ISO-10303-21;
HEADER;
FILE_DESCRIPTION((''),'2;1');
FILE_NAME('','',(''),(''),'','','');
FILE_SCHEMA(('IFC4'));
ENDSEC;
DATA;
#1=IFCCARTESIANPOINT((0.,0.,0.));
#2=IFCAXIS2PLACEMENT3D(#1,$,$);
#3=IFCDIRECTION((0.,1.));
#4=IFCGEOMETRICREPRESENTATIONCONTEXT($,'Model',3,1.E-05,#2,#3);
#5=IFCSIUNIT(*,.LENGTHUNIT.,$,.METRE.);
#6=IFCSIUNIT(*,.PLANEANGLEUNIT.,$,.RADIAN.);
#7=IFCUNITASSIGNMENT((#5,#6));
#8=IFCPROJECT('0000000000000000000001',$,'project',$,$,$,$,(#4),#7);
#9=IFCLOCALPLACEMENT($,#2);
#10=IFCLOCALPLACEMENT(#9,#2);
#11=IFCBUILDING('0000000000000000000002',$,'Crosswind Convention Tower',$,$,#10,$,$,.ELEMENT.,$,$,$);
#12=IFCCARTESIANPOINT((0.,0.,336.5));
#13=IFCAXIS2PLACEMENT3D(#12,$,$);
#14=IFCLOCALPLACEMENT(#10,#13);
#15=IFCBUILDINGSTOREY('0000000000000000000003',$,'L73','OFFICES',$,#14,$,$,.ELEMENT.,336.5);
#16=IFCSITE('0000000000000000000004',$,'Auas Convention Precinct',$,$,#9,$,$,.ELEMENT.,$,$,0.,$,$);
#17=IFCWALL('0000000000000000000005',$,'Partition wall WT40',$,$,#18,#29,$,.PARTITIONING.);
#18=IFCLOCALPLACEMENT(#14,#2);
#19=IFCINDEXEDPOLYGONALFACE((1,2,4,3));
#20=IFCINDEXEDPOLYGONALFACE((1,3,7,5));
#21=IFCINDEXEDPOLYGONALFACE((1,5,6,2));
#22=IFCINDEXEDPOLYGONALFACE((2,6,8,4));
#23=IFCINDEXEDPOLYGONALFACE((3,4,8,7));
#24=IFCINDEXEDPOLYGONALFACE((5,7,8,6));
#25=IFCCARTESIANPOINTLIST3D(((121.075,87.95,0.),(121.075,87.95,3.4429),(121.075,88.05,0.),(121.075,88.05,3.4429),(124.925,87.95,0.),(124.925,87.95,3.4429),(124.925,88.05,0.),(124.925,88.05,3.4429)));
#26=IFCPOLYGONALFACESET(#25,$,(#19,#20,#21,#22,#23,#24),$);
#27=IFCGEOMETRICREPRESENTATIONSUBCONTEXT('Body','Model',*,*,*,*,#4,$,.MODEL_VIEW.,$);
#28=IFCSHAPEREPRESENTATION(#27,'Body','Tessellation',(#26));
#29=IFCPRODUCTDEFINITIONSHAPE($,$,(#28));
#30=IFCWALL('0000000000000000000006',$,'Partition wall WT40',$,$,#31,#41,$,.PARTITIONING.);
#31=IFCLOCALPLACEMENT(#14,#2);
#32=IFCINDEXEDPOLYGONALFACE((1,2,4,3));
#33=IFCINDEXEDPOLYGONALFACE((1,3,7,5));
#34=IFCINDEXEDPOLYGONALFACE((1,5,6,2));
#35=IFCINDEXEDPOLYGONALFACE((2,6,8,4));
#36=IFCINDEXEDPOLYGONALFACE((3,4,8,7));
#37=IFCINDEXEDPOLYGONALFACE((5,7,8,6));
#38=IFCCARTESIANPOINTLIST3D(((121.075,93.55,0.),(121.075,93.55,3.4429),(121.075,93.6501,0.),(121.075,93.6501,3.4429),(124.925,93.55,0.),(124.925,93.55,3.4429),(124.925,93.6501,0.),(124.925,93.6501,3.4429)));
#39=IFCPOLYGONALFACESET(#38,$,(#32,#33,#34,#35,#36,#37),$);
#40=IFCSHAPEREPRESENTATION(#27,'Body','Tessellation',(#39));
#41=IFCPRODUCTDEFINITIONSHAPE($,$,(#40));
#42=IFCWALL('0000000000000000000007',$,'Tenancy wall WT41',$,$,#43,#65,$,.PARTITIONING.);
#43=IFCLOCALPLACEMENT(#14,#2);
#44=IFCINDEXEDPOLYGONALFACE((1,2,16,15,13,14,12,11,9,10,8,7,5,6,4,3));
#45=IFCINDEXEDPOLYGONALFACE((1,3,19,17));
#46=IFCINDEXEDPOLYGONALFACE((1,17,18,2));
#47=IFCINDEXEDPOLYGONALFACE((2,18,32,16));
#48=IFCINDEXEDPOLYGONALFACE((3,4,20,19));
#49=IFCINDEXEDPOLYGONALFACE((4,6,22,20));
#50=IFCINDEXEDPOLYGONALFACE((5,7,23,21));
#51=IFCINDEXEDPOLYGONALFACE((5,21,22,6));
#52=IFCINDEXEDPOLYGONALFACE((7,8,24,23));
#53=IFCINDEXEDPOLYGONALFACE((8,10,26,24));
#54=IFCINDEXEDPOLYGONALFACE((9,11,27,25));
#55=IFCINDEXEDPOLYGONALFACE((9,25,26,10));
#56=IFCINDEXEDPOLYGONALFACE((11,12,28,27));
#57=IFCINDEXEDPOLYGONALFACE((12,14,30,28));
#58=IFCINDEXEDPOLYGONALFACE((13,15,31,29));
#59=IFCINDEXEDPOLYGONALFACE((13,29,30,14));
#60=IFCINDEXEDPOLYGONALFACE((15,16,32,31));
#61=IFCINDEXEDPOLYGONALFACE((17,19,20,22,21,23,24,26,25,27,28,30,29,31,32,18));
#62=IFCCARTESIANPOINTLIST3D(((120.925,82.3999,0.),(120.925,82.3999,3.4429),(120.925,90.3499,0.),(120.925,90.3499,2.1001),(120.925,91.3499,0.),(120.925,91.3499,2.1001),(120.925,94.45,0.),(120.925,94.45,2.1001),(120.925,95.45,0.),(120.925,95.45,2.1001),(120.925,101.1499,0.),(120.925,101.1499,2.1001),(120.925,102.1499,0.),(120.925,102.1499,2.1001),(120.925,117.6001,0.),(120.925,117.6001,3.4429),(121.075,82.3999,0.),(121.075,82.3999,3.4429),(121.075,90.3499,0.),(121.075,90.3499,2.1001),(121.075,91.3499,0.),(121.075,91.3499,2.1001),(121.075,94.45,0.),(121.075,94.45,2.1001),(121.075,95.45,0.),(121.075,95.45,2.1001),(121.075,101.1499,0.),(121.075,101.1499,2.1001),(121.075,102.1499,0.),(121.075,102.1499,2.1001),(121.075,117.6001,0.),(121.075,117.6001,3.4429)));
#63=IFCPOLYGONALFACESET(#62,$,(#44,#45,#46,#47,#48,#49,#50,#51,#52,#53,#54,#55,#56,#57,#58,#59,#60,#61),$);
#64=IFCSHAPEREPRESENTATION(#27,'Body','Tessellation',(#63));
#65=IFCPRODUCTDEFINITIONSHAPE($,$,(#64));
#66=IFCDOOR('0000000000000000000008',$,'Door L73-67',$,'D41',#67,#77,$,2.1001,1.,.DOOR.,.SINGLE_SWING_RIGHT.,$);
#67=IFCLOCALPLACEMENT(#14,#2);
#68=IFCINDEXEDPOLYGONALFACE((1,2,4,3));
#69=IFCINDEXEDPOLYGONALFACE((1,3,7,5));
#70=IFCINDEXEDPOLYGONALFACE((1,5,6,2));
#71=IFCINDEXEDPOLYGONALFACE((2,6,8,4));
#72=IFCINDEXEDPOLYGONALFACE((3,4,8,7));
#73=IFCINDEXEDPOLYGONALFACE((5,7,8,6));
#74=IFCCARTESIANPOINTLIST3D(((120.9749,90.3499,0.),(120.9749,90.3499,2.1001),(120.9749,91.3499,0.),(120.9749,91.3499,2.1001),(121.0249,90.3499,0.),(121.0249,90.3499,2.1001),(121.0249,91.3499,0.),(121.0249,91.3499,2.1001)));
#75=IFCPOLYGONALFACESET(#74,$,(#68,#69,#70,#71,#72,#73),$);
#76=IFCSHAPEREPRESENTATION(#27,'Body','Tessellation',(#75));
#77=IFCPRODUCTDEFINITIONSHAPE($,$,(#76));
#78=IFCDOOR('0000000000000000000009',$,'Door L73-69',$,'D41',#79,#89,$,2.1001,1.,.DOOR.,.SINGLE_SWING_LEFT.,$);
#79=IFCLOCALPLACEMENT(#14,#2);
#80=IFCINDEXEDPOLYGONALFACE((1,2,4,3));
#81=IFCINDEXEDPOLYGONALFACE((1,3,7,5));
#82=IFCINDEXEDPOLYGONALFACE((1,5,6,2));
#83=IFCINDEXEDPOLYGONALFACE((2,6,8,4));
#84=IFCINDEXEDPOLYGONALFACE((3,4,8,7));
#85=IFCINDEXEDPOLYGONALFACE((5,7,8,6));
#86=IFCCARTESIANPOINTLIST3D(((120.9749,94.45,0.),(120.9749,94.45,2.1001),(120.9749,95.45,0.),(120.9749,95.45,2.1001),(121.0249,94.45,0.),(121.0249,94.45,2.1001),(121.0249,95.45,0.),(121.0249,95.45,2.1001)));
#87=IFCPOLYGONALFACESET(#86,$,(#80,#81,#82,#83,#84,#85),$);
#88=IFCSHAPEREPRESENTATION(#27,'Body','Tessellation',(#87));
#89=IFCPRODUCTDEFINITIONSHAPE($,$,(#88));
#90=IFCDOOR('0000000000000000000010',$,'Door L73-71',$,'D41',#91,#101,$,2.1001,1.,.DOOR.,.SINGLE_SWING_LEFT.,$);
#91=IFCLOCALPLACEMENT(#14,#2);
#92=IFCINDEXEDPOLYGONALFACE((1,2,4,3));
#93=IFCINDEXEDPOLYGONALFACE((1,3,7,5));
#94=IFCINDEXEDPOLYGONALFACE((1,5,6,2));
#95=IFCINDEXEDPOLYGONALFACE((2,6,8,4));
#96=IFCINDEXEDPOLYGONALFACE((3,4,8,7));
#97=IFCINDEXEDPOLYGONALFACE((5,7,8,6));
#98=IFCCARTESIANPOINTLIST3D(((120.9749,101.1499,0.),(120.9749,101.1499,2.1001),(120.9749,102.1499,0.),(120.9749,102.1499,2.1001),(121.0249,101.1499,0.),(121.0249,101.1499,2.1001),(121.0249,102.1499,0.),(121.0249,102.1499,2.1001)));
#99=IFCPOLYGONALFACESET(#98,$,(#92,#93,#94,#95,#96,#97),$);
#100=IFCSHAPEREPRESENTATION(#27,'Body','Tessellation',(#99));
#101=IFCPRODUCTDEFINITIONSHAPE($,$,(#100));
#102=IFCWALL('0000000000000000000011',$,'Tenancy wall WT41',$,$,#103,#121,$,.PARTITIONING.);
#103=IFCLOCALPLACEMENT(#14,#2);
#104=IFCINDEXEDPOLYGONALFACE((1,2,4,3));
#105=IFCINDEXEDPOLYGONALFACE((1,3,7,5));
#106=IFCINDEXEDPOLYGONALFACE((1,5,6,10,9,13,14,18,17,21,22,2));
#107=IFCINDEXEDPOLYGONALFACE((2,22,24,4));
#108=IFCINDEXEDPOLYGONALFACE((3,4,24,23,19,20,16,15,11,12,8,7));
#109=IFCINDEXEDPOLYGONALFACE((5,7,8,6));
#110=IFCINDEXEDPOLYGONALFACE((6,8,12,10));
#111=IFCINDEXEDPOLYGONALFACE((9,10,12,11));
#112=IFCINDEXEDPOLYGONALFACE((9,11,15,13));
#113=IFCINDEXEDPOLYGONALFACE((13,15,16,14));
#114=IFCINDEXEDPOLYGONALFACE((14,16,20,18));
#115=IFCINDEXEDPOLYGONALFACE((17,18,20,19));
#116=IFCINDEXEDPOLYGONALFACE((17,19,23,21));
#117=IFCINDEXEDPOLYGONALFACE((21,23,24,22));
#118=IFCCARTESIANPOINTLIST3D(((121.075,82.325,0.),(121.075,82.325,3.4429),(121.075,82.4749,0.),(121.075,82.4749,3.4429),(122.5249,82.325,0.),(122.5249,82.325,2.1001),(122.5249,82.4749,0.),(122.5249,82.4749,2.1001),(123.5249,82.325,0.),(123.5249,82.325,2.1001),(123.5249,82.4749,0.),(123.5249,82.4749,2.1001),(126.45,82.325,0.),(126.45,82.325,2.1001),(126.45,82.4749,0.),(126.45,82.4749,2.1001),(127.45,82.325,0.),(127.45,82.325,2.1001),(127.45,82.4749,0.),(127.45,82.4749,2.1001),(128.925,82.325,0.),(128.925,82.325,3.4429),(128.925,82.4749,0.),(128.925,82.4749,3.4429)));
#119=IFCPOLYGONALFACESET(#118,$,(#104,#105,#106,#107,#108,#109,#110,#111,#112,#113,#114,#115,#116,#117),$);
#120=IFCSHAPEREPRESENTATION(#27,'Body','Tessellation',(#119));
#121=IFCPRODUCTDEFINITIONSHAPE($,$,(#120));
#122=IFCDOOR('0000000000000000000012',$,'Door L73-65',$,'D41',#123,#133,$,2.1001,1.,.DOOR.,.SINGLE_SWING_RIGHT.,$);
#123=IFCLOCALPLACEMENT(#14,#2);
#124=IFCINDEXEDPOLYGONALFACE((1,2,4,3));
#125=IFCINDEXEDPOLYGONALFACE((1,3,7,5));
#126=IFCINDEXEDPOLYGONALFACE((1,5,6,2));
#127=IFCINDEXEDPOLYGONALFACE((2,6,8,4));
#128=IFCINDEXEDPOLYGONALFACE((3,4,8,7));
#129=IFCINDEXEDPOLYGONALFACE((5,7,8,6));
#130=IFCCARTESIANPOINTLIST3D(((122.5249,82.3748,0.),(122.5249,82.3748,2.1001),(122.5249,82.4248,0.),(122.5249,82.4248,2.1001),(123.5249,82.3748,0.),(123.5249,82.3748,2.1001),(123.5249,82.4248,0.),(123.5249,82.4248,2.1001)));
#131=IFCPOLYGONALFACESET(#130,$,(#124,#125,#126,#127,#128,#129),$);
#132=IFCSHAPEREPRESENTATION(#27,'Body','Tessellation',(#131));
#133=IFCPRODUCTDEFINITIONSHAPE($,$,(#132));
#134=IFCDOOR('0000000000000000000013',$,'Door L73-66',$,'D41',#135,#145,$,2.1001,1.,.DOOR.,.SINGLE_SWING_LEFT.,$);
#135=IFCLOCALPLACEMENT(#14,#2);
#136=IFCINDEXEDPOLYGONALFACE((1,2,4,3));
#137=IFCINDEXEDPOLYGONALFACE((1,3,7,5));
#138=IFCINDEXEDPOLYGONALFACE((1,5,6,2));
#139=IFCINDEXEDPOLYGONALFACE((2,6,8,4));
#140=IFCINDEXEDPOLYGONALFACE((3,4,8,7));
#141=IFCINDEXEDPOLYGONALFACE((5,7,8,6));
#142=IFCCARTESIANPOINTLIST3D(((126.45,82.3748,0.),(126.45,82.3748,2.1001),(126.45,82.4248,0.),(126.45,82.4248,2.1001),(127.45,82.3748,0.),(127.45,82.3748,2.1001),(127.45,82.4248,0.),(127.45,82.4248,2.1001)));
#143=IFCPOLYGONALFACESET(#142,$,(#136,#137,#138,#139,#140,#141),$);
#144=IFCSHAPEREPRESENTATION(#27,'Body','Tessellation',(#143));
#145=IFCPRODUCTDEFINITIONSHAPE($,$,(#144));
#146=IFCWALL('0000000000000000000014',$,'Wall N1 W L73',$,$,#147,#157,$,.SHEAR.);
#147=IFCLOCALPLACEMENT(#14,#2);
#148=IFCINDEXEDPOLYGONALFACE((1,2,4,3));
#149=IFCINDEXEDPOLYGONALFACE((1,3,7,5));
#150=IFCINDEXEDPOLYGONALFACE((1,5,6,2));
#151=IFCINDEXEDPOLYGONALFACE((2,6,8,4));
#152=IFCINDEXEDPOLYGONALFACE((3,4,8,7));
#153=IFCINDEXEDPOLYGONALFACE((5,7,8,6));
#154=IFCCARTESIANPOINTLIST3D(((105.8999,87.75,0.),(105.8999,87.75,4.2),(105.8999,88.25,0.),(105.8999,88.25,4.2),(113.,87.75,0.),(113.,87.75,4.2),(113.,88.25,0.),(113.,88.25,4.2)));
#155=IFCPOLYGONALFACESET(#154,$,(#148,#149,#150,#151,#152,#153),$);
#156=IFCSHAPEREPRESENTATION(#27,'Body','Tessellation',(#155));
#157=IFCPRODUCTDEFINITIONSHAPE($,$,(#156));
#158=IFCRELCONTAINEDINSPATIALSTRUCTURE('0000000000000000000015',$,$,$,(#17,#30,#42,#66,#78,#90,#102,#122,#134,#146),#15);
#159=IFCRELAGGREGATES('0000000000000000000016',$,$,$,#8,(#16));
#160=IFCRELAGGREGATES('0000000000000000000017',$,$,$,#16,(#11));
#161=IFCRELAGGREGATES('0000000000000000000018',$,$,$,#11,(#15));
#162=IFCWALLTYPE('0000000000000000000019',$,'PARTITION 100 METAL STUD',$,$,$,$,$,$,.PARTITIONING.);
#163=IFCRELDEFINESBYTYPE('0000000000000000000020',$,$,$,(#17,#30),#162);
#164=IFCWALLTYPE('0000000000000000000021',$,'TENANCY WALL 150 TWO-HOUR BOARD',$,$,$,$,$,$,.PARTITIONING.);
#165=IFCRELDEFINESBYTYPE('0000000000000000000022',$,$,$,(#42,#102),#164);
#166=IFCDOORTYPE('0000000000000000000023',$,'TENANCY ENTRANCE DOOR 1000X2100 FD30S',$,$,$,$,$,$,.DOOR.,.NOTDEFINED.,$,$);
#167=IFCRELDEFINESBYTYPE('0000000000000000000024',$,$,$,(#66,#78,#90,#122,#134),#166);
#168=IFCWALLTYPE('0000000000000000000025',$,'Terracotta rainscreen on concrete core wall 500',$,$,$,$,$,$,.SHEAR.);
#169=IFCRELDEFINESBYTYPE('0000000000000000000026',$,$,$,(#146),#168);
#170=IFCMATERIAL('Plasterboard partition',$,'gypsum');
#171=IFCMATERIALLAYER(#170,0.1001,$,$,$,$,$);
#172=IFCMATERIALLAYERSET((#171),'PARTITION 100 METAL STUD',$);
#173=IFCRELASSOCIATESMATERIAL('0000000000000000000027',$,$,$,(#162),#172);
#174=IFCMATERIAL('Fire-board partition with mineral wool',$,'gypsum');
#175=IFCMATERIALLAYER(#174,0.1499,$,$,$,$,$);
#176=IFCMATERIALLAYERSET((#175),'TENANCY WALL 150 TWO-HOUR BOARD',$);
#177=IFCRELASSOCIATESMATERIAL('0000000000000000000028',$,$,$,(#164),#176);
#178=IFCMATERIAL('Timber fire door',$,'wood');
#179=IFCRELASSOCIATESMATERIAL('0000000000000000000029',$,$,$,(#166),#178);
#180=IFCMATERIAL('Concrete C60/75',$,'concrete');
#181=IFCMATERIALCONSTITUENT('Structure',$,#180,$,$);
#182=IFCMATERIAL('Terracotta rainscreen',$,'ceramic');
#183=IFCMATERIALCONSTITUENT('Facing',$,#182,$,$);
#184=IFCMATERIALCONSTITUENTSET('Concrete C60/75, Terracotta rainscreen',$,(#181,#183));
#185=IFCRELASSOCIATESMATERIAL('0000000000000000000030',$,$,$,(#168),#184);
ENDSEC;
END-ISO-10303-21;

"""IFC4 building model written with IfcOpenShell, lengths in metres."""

from ifc_helpers import new_model, si_unit, direction, frame, frame_2d, origin, place, context, subcontext, project, spatial, rectangle, extrude, material, layer, layer_set, constituent, constituent_set, type_object, element, fill, save


model = new_model("IFC4")

# Units and contexts
model_context = context("Model", 3, precision=1e-05, world=origin(), true_north=direction((0.0, 1.0)))
body_context = subcontext(model_context, "Body", "Model", "MODEL_VIEW")
ifc_project = project(units=[si_unit("LENGTHUNIT", "METRE"), si_unit("PLANEANGLEUNIT", "RADIAN")], contexts=[model_context])

# Site, building, storey
site_placement = place(None, origin())
site = spatial("IfcSite", under=ifc_project, at=site_placement, Name="Auas Convention Precinct", CompositionType="ELEMENT", RefElevation=0.0)
building_placement = place(site_placement, origin())
building = spatial("IfcBuilding", under=site, at=building_placement, Name="Crosswind Convention Tower", CompositionType="ELEMENT")
storey_placement = place(building_placement, frame((0.0, 0.0, 336.5)))
storey = spatial("IfcBuildingStorey", under=building, at=storey_placement, Name="L73", Description="OFFICES", CompositionType="ELEMENT", Elevation=336.5)

# Shared definitions
ifc_material_1 = material(Name="Concrete C60/75", Category="concrete")

# Walls
ifc_material_2 = material(Name="Plasterboard partition", Category="gypsum")
ifc_layer_1 = layer(ifc_material_2, 0.1001)
ifc_layer_set_1 = layer_set([ifc_layer_1], Name="PARTITION 100 METAL STUD")
wall_type_1 = type_object("IfcWallType", Name="PARTITION 100 METAL STUD", PredefinedType="PARTITIONING", material=ifc_layer_set_1)
for number, where, z_axis, x_axis, name in (
    (1, (121.075, 88.0, 0.0), (0.0, 0.0, 1.0), (1.0, 0.0, 0.0), "Partition wall WT40"),
    (2, (121.075, 93.6001, 0.0), (0.0, 0.0, 1.0), (1.0, 0.0, 0.0), "Partition wall WT40"),
):
    element("IfcWall", number, at=place(storey_placement, frame(where, z_axis=z_axis, x_axis=x_axis)), inside=storey, type_object=wall_type_1, Name=name, PredefinedType="PARTITIONING", context=body_context, shape_type="SweptSolid", body=[
        extrude(rectangle(XDim=3.8501, YDim=0.1001, at=frame_2d((1.925, 0.0))), origin(), (0.0, 0.0, 1.0), 3.4429),
    ])

# Walls, openings, doors
ifc_material_3 = material(Name="Fire-board partition with mineral wool", Category="gypsum")
ifc_layer_2 = layer(ifc_material_3, 0.1499)
ifc_layer_set_2 = layer_set([ifc_layer_2], Name="TENANCY WALL 150 TWO-HOUR BOARD")
wall_type_2 = type_object("IfcWallType", Name="TENANCY WALL 150 TWO-HOUR BOARD", PredefinedType="PARTITIONING", material=ifc_layer_set_2)
wall_1_placement = place(storey_placement, frame((121.0, 82.3999, 0.0), z_axis=(0.0, 0.0, 1.0), x_axis=(0.0, 1.0, 0.0)))
wall_1 = element("IfcWall", 3, at=wall_1_placement, inside=storey, type_object=wall_type_2, Name="Tenancy wall WT41", PredefinedType="PARTITIONING", context=body_context, shape_type="SweptSolid", body=[
    extrude(rectangle(XDim=35.2002, YDim=0.1499, at=frame_2d((17.6001, 0.0))), origin(), (0.0, 0.0, 1.0), 3.4429),
])
opening_1_placement = place(wall_1_placement, frame((7.95, 0.0, 0.0)))
opening_1 = element("IfcOpeningElement", 4, at=opening_1_placement, cuts=wall_1, PredefinedType="OPENING", context=body_context, shape_type="SweptSolid", body=[
    extrude(rectangle(XDim=1.0, YDim=2.1001, at=frame_2d((0.5, 1.05))), frame((0.0, 0.085, 0.0), z_axis=(0.0, -1.0, 0.0), x_axis=(1.0, 0.0, 0.0)), (0.0, 0.0, 1.0), 0.1699),
])
opening_2_placement = place(wall_1_placement, frame((12.05, 0.0, 0.0)))
opening_2 = element("IfcOpeningElement", 5, at=opening_2_placement, cuts=wall_1, PredefinedType="OPENING", context=body_context, shape_type="SweptSolid", body=[
    extrude(rectangle(XDim=1.0, YDim=2.1001, at=frame_2d((0.5, 1.05))), frame((0.0, 0.085, 0.0), z_axis=(0.0, -1.0, 0.0), x_axis=(1.0, 0.0, 0.0)), (0.0, 0.0, 1.0), 0.1699),
])
opening_3_placement = place(wall_1_placement, frame((18.75, 0.0, 0.0)))
opening_3 = element("IfcOpeningElement", 6, at=opening_3_placement, cuts=wall_1, PredefinedType="OPENING", context=body_context, shape_type="SweptSolid", body=[
    extrude(rectangle(XDim=1.0, YDim=2.1001, at=frame_2d((0.5, 1.05))), frame((0.0, 0.085, 0.0), z_axis=(0.0, -1.0, 0.0), x_axis=(1.0, 0.0, 0.0)), (0.0, 0.0, 1.0), 0.1699),
])
ifc_material_4 = material(Name="Timber fire door", Category="wood")
door_type = type_object("IfcDoorType", Name="TENANCY ENTRANCE DOOR 1000X2100 FD30S", OperationType="NOTDEFINED", PredefinedType="DOOR", material=ifc_material_4)
door_1_placement = place(opening_1_placement, frame((1.0, 0.0, 0.0), z_axis=(0.0, 0.0, 1.0), x_axis=(-1.0, 0.0, 0.0)))
door_1 = element("IfcDoor", 7, at=door_1_placement, inside=storey, type_object=door_type, Name="Door L73-67", ObjectType="D41", OperationType="SINGLE_SWING_RIGHT", OverallHeight=2.1001, OverallWidth=1.0, PredefinedType="DOOR", context=body_context, shape_type="SweptSolid", body=[
    extrude(rectangle(XDim=1.0, YDim=2.1001, at=frame_2d((0.5, 1.05))), frame((0.0, 0.0249, 0.0), z_axis=(0.0, -1.0, 0.0), x_axis=(1.0, 0.0, 0.0)), (0.0, 0.0, 1.0), 0.05),
])
fill(opening_1, door_1)
door_2_placement = place(opening_2_placement, frame((1.0, 0.0, 0.0), z_axis=(0.0, 0.0, 1.0), x_axis=(-1.0, 0.0, 0.0)))
door_2 = element("IfcDoor", 8, at=door_2_placement, inside=storey, type_object=door_type, Name="Door L73-69", ObjectType="D41", OperationType="SINGLE_SWING_LEFT", OverallHeight=2.1001, OverallWidth=1.0, PredefinedType="DOOR", context=body_context, shape_type="SweptSolid", body=[
    extrude(rectangle(XDim=1.0, YDim=2.1001, at=frame_2d((0.5, 1.05))), frame((0.0, 0.0249, 0.0), z_axis=(0.0, -1.0, 0.0), x_axis=(1.0, 0.0, 0.0)), (0.0, 0.0, 1.0), 0.05),
])
fill(opening_2, door_2)
door_3_placement = place(opening_3_placement, frame((1.0, 0.0, 0.0), z_axis=(0.0, 0.0, 1.0), x_axis=(-1.0, 0.0, 0.0)))
door_3 = element("IfcDoor", 9, at=door_3_placement, inside=storey, type_object=door_type, Name="Door L73-71", ObjectType="D41", OperationType="SINGLE_SWING_LEFT", OverallHeight=2.1001, OverallWidth=1.0, PredefinedType="DOOR", context=body_context, shape_type="SweptSolid", body=[
    extrude(rectangle(XDim=1.0, YDim=2.1001, at=frame_2d((0.5, 1.05))), frame((0.0, 0.0249, 0.0), z_axis=(0.0, -1.0, 0.0), x_axis=(1.0, 0.0, 0.0)), (0.0, 0.0, 1.0), 0.05),
])
fill(opening_3, door_3)
wall_2_placement = place(storey_placement, frame((121.075, 82.3999, 0.0), z_axis=(0.0, 0.0, 1.0), x_axis=(1.0, 0.0, 0.0)))
wall_2 = element("IfcWall", 10, at=wall_2_placement, inside=storey, type_object=wall_type_2, Name="Tenancy wall WT41", PredefinedType="PARTITIONING", context=body_context, shape_type="SweptSolid", body=[
    extrude(rectangle(XDim=7.8501, YDim=0.1499, at=frame_2d((3.925, 0.0))), origin(), (0.0, 0.0, 1.0), 3.4429),
])
opening_4_placement = place(wall_2_placement, frame((1.45, 0.0, 0.0)))
opening_4 = element("IfcOpeningElement", 11, at=opening_4_placement, cuts=wall_2, PredefinedType="OPENING", context=body_context, shape_type="SweptSolid", body=[
    extrude(rectangle(XDim=1.0, YDim=2.1001, at=frame_2d((0.5, 1.05))), frame((0.0, 0.085, 0.0), z_axis=(0.0, -1.0, 0.0), x_axis=(1.0, 0.0, 0.0)), (0.0, 0.0, 1.0), 0.1699),
])
opening_5_placement = place(wall_2_placement, frame((5.375, 0.0, 0.0)))
opening_5 = element("IfcOpeningElement", 12, at=opening_5_placement, cuts=wall_2, PredefinedType="OPENING", context=body_context, shape_type="SweptSolid", body=[
    extrude(rectangle(XDim=1.0, YDim=2.1001, at=frame_2d((0.5, 1.05))), frame((0.0, 0.085, 0.0), z_axis=(0.0, -1.0, 0.0), x_axis=(1.0, 0.0, 0.0)), (0.0, 0.0, 1.0), 0.1699),
])
door_4_placement = place(opening_4_placement, origin())
door_4 = element("IfcDoor", 13, at=door_4_placement, inside=storey, type_object=door_type, Name="Door L73-65", ObjectType="D41", OperationType="SINGLE_SWING_RIGHT", OverallHeight=2.1001, OverallWidth=1.0, PredefinedType="DOOR", context=body_context, shape_type="SweptSolid", body=[
    extrude(rectangle(XDim=1.0, YDim=2.1001, at=frame_2d((0.5, 1.05))), frame((0.0, 0.0249, 0.0), z_axis=(0.0, -1.0, 0.0), x_axis=(1.0, 0.0, 0.0)), (0.0, 0.0, 1.0), 0.05),
])
fill(opening_4, door_4)
door_5_placement = place(opening_5_placement, origin())
door_5 = element("IfcDoor", 14, at=door_5_placement, inside=storey, type_object=door_type, Name="Door L73-66", ObjectType="D41", OperationType="SINGLE_SWING_LEFT", OverallHeight=2.1001, OverallWidth=1.0, PredefinedType="DOOR", context=body_context, shape_type="SweptSolid", body=[
    extrude(rectangle(XDim=1.0, YDim=2.1001, at=frame_2d((0.5, 1.05))), frame((0.0, 0.0249, 0.0), z_axis=(0.0, -1.0, 0.0), x_axis=(1.0, 0.0, 0.0)), (0.0, 0.0, 1.0), 0.05),
])
fill(opening_5, door_5)

# Wall
ifc_constituent_1 = constituent(ifc_material_1, Name="Structure")
ifc_material_5 = material(Name="Terracotta rainscreen", Category="ceramic")
ifc_constituent_2 = constituent(ifc_material_5, Name="Facing")
ifc_constituent_set = constituent_set(constituents=[ifc_constituent_1, ifc_constituent_2], Name="Concrete C60/75, Terracotta rainscreen")
wall_type_3 = type_object("IfcWallType", Name="Terracotta rainscreen on concrete core wall 500", PredefinedType="SHEAR", material=ifc_constituent_set)
wall_3_placement = place(storey_placement, frame((113.0, 88.0, 0.0), z_axis=(0.0, 0.0, 1.0), x_axis=(-1.0, 0.0, 0.0)))
element("IfcWall", 15, at=wall_3_placement, inside=storey, type_object=wall_type_3, Name="Wall N1 W L73", PredefinedType="SHEAR", context=body_context, shape_type="SweptSolid", body=[
    extrude(rectangle(XDim=7.1001, YDim=0.5, at=frame_2d((3.55, 0.0))), origin(), (0.0, 0.0, 1.0), 4.2),
])

save(model, "model.ifc")
